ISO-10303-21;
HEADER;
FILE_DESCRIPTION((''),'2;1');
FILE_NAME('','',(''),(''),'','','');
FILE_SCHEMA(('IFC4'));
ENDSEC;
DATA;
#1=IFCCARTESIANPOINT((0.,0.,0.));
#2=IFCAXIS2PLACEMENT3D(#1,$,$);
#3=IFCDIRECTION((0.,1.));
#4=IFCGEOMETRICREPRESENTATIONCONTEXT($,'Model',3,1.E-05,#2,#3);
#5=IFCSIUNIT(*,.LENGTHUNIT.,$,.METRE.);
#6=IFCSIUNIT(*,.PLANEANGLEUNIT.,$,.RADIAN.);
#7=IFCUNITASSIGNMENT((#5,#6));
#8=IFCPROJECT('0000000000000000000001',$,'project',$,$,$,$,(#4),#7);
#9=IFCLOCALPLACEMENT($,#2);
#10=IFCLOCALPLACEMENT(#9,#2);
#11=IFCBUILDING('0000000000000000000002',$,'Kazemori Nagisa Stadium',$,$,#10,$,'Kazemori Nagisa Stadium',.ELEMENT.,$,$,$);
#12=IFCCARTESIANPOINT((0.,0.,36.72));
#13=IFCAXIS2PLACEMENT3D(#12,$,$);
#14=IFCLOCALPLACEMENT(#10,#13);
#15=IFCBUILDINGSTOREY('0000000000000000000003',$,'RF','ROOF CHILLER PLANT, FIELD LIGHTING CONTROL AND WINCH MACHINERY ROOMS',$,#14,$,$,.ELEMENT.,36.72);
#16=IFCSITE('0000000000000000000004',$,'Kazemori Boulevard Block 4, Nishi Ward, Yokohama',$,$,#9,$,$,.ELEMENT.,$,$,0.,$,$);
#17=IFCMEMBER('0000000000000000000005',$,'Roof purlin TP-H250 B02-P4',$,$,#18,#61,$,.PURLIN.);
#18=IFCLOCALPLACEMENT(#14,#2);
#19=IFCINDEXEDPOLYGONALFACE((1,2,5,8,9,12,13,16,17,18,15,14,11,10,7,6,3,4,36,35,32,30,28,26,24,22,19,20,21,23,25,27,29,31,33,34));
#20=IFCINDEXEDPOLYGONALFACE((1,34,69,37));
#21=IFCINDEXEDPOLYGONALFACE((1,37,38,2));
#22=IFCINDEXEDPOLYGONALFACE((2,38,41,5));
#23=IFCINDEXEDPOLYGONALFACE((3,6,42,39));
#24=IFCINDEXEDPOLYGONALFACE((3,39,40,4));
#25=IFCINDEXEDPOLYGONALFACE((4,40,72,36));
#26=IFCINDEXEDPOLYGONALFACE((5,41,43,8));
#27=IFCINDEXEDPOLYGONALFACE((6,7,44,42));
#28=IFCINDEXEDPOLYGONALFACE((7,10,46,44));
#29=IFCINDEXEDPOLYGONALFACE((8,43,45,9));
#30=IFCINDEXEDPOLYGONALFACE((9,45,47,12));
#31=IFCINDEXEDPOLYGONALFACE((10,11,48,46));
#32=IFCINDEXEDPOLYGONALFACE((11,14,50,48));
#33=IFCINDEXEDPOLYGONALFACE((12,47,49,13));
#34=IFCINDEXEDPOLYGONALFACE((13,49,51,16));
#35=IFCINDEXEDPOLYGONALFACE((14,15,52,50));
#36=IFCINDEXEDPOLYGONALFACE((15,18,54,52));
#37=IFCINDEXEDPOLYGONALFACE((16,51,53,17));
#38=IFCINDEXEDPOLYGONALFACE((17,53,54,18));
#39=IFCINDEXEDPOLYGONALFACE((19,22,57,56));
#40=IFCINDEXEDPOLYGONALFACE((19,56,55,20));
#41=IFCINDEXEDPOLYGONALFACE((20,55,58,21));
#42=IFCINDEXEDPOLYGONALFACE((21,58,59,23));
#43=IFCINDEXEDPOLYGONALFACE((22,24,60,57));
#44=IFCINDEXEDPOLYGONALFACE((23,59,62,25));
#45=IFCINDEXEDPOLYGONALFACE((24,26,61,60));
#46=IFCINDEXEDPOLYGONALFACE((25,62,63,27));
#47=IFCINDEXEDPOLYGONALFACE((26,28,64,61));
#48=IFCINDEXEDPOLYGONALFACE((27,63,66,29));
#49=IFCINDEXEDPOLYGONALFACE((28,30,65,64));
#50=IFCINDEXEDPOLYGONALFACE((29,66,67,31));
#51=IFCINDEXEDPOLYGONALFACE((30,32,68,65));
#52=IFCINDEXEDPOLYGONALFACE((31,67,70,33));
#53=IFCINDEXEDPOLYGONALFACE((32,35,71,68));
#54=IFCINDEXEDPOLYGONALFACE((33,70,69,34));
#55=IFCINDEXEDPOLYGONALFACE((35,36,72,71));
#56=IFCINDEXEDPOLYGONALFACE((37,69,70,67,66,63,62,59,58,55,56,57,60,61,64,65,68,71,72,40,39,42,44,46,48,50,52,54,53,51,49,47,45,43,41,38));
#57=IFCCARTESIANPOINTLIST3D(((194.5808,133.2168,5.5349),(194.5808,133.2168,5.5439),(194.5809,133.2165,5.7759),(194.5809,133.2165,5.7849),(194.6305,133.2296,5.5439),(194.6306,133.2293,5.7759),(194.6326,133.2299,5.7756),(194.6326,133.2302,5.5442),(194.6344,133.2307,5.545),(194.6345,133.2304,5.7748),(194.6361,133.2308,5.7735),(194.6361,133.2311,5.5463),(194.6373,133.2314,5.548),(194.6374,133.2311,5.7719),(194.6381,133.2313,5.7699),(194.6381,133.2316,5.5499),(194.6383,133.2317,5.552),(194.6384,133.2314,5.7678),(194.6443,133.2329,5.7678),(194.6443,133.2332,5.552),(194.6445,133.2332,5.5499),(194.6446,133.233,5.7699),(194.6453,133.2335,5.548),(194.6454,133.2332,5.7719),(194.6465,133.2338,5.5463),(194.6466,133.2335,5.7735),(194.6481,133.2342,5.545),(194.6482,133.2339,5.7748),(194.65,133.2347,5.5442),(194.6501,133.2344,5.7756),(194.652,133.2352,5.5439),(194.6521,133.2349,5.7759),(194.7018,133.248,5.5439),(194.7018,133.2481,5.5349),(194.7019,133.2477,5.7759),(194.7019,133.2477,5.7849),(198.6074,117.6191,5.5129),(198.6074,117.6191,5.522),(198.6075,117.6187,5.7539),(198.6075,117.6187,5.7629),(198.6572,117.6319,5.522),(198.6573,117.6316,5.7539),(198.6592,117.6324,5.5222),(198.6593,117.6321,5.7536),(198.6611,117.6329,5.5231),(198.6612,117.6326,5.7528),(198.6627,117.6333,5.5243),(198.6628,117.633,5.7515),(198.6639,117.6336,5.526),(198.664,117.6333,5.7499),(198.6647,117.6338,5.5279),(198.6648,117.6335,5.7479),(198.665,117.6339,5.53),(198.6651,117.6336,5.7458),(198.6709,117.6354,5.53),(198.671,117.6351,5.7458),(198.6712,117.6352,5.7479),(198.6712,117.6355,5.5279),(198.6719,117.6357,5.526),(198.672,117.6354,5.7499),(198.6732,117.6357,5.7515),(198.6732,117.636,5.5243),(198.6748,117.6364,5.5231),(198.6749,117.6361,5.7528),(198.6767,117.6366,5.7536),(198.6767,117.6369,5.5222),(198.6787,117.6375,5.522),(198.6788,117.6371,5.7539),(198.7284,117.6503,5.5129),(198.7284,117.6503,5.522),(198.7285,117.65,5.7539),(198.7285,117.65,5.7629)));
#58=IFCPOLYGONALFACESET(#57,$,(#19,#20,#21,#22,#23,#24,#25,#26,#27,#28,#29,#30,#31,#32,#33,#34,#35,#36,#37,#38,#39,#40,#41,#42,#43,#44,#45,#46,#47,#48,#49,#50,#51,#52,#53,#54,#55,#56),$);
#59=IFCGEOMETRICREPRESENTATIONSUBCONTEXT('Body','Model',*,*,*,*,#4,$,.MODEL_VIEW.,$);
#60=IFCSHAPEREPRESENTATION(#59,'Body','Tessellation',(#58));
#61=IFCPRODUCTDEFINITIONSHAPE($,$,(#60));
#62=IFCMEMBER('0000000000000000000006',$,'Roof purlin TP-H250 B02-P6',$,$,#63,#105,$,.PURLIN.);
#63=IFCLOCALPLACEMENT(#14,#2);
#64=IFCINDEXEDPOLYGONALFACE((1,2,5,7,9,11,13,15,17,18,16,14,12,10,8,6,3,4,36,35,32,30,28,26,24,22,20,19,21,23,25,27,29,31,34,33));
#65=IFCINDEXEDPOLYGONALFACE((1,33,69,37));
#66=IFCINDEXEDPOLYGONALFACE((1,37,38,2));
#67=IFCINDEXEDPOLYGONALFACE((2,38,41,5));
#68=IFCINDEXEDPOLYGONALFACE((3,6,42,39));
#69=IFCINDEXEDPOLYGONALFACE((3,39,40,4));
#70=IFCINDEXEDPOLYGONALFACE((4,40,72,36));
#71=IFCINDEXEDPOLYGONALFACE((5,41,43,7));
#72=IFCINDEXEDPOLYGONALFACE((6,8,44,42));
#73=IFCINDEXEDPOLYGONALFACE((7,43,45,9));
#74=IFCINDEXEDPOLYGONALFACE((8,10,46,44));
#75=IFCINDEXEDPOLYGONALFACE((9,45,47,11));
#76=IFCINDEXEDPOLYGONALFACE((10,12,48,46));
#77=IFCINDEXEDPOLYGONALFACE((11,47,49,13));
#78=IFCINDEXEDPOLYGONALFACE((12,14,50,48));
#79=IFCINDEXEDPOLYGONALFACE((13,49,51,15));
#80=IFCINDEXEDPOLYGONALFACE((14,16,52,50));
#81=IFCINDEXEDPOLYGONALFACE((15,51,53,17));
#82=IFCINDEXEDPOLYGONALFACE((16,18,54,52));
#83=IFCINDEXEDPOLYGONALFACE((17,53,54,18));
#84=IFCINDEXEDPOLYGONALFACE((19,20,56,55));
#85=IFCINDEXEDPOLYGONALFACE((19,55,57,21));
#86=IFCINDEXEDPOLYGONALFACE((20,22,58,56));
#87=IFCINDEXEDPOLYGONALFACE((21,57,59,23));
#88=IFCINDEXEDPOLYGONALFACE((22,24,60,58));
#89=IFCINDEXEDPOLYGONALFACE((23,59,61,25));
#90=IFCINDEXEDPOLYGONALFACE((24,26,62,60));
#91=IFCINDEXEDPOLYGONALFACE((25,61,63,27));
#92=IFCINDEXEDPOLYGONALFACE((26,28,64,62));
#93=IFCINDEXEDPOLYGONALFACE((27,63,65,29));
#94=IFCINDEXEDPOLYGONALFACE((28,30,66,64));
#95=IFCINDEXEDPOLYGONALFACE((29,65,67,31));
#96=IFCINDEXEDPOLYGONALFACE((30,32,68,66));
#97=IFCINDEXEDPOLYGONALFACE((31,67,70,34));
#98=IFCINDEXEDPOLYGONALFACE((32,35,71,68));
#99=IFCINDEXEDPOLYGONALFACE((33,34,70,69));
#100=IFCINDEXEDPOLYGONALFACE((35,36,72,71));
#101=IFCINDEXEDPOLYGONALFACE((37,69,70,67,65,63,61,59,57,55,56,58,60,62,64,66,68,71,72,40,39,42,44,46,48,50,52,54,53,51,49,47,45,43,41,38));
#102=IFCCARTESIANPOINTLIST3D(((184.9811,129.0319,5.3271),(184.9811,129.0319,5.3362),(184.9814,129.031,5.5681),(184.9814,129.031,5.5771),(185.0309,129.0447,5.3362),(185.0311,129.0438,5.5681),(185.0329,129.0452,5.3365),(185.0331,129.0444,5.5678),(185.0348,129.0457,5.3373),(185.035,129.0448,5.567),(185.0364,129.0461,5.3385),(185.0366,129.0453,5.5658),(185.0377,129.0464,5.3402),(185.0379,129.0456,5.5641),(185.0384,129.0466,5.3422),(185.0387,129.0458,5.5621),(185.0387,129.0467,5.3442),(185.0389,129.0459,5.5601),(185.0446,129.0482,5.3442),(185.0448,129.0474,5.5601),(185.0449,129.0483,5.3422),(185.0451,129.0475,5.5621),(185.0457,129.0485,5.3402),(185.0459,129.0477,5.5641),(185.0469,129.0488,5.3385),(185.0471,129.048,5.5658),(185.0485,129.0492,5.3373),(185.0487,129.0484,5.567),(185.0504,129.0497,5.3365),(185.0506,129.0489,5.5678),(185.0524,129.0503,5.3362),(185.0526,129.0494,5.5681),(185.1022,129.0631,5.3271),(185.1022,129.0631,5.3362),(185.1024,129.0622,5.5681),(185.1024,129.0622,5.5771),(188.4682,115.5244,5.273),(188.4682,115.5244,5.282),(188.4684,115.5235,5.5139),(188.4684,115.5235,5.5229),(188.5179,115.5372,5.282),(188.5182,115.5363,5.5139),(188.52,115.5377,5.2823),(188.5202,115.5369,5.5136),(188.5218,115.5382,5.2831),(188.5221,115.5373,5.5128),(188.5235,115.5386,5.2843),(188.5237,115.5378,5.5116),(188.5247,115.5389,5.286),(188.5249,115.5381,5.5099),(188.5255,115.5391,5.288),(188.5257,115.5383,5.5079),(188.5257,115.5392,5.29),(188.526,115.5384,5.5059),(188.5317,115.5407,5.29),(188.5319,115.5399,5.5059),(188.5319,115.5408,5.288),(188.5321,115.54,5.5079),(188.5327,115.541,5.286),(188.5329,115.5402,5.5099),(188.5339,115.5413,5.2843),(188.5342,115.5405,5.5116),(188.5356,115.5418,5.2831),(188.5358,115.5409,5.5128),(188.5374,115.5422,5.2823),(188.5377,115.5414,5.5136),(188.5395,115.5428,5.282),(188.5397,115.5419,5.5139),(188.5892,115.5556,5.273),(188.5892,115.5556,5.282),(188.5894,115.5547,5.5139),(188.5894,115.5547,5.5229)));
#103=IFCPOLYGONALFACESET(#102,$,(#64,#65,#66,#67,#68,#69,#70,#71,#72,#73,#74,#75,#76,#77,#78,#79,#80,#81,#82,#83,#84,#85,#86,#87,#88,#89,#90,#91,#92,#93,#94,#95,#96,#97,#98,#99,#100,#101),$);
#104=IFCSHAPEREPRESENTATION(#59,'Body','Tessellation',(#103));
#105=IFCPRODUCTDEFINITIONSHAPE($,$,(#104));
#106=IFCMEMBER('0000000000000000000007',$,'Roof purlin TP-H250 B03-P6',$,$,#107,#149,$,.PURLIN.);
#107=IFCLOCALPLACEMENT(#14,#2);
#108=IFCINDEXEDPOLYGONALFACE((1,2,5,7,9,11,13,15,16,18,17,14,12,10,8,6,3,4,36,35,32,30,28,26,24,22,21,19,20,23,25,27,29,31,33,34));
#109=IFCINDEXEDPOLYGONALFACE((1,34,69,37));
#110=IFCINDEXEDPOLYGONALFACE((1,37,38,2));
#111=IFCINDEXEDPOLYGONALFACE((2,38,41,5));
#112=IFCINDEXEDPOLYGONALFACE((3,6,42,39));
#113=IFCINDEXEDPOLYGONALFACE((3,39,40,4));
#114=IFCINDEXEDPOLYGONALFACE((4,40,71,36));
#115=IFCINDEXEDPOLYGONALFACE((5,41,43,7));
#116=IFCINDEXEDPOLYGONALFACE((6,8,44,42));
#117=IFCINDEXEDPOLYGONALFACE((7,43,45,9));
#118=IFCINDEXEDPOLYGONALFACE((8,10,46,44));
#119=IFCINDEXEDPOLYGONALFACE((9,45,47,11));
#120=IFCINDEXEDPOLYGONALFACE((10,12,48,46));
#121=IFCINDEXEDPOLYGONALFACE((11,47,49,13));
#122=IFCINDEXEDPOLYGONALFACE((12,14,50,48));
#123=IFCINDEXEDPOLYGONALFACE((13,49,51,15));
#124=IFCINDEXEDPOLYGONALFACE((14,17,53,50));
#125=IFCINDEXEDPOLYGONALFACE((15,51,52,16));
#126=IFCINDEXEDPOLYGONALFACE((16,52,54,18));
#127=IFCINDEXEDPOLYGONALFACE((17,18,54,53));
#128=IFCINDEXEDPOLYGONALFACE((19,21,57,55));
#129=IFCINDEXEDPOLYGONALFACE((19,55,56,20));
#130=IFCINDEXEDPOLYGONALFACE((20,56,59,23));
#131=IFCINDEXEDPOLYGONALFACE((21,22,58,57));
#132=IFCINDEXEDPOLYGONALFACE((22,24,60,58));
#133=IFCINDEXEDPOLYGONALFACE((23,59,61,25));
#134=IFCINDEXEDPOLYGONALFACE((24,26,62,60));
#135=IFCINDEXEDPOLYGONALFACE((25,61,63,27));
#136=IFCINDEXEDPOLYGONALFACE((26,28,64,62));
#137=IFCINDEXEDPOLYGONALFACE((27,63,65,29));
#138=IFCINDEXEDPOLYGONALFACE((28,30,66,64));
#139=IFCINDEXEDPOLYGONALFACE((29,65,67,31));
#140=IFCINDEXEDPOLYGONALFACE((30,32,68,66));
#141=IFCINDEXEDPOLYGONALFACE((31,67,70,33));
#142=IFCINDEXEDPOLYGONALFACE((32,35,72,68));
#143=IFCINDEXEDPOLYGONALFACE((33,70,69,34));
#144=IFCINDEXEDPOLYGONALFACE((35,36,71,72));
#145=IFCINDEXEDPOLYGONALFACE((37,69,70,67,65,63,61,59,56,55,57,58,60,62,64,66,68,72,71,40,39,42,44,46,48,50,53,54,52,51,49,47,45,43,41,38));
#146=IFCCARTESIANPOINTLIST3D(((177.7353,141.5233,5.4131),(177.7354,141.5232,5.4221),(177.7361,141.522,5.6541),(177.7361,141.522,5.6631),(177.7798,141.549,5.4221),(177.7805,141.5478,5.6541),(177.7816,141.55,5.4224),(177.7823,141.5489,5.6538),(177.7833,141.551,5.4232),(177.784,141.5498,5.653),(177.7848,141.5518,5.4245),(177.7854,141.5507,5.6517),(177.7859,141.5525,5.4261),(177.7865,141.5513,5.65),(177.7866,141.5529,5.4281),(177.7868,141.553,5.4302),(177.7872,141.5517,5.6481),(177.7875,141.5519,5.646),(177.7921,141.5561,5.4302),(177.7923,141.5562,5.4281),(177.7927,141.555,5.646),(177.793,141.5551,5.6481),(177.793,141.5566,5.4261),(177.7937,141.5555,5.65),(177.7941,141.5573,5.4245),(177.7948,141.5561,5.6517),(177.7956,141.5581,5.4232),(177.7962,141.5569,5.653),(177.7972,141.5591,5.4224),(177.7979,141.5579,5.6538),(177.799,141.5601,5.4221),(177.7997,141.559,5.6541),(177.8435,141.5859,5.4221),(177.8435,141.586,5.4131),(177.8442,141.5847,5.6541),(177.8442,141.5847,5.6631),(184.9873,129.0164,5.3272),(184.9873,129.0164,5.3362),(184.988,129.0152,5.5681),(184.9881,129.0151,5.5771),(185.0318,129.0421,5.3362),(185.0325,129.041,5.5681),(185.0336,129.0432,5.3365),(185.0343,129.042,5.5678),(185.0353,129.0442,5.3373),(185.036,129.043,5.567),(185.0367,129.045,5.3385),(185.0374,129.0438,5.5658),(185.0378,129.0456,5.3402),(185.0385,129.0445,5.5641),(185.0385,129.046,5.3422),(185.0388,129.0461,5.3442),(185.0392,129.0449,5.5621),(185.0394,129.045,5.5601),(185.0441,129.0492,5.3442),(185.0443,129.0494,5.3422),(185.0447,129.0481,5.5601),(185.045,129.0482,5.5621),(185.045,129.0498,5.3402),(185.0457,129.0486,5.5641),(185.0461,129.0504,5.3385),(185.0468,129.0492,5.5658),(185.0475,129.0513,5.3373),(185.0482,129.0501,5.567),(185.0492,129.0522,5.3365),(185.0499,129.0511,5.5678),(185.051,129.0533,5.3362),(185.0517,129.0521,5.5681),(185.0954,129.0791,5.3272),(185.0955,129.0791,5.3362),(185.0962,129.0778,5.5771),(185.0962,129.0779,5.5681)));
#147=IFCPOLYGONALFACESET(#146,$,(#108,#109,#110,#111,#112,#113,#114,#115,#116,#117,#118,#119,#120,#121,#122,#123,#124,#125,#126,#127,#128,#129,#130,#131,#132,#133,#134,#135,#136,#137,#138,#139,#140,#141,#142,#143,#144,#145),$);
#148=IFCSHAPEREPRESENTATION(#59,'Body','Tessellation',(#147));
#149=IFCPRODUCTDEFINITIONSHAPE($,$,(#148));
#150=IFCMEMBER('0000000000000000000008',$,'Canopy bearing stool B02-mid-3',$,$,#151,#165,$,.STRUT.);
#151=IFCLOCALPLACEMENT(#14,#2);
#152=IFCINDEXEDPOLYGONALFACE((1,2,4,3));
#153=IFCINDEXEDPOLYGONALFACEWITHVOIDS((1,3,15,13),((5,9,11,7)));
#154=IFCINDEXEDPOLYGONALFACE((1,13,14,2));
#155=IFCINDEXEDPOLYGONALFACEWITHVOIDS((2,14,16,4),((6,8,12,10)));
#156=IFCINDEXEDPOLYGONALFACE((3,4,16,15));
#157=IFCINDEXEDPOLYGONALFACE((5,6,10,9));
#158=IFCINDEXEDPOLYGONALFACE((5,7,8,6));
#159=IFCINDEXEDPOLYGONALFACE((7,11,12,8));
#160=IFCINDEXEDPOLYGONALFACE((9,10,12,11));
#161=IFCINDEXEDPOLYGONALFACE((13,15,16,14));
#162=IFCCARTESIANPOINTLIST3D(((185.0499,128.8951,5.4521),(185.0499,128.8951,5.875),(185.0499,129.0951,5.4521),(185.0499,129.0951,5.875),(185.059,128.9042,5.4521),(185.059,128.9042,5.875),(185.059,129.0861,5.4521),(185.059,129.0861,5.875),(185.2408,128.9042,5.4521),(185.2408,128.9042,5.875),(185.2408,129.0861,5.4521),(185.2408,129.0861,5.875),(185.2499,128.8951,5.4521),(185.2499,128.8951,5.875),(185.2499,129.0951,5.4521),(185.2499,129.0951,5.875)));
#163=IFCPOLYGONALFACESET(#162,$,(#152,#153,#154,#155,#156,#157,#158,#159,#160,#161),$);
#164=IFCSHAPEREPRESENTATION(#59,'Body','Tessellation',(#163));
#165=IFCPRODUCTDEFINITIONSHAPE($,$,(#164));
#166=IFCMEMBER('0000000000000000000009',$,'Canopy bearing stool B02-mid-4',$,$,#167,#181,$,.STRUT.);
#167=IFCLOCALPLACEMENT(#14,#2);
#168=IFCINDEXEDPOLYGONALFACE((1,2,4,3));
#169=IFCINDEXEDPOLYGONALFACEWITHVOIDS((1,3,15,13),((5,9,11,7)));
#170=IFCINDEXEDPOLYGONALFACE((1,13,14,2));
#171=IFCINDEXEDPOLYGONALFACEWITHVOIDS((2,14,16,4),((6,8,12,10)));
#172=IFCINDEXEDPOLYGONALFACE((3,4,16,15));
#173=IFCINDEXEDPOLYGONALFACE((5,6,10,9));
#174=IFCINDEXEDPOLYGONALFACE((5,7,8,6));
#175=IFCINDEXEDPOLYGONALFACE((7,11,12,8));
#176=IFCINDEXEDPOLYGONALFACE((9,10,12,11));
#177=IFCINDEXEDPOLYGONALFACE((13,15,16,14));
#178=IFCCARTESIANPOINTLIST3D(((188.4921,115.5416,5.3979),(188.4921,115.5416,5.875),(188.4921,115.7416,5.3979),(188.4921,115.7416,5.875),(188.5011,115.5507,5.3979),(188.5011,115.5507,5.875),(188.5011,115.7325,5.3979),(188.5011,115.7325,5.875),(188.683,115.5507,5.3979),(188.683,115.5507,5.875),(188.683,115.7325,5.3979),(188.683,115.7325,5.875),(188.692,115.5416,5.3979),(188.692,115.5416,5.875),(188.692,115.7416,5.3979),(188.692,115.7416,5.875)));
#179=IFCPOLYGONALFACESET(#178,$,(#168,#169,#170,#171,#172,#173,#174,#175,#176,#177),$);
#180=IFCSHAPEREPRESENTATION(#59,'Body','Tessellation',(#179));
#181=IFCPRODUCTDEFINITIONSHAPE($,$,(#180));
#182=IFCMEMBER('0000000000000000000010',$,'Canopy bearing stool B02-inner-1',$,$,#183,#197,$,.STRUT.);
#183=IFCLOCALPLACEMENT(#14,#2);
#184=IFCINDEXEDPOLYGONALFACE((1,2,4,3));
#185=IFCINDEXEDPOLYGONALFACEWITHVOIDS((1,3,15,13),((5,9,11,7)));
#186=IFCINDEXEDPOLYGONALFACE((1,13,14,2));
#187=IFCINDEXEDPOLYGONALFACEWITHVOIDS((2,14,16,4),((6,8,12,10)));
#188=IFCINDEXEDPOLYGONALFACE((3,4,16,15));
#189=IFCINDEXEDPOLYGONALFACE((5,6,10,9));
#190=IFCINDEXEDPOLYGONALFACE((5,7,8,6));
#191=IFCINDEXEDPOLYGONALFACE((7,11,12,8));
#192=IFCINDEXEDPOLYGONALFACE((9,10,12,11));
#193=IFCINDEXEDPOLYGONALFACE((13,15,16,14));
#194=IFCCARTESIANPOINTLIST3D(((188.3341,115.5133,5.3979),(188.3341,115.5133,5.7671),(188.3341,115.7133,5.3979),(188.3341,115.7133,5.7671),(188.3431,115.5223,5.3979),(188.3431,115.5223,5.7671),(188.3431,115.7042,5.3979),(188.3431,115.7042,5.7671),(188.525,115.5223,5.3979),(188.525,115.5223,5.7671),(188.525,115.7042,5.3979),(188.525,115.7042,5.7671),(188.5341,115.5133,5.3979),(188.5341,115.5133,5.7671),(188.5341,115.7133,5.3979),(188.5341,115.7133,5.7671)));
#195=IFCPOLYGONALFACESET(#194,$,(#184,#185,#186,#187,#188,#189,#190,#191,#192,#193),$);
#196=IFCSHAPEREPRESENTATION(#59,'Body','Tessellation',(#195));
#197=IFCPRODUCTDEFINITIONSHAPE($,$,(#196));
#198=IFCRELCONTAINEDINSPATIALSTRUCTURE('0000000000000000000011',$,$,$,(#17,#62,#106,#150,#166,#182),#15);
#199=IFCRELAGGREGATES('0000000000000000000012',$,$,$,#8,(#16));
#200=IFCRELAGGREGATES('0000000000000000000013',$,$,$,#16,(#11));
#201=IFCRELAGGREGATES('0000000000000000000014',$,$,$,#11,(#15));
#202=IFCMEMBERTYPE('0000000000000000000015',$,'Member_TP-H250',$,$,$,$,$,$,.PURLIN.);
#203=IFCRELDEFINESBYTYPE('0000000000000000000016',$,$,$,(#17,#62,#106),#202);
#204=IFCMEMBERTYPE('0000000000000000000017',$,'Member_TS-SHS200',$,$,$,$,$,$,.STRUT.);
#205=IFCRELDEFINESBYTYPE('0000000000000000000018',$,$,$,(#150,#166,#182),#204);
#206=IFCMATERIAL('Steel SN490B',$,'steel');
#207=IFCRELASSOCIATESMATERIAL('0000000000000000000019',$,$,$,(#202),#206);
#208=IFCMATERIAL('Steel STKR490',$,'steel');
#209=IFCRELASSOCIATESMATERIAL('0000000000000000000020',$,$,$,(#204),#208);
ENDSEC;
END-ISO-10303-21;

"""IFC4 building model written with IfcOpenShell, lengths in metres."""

from ifc_helpers import new_model, si_unit, direction, frame, origin, origin_2d, place, context, subcontext, project, spatial, hollow_rectangle, i_section, extrude, material, material_profile, profile_set, type_object, element, save


model = new_model("IFC4")

# Units and contexts
model_context = context("Model", 3, precision=1e-05, world=origin(), true_north=direction((0.0, 1.0)))
body_context = subcontext(model_context, "Body", "Model", "MODEL_VIEW")
ifc_project = project(units=[si_unit("LENGTHUNIT", "METRE"), si_unit("PLANEANGLEUNIT", "RADIAN")], contexts=[model_context])

# Site, building, storey
site_placement = place(None, origin())
site = spatial("IfcSite", under=ifc_project, at=site_placement, Name="Kazemori Boulevard Block 4, Nishi Ward, Yokohama", CompositionType="ELEMENT", RefElevation=0.0)
building_placement = place(site_placement, origin())
building = spatial("IfcBuilding", under=site, at=building_placement, Name="Kazemori Nagisa Stadium", LongName="Kazemori Nagisa Stadium", CompositionType="ELEMENT")
storey_placement = place(building_placement, frame((0.0, 0.0, 36.72)))
storey = spatial("IfcBuildingStorey", under=building, at=storey_placement, Name="RF", Description="ROOF CHILLER PLANT, FIELD LIGHTING CONTROL AND WINCH MACHINERY ROOMS", CompositionType="ELEMENT", Elevation=36.72)

# Members
ifc_material_1 = material(Name="Steel STKR490", Category="steel")
ifc_material_2 = material(Name="Steel SN490B", Category="steel")
ifc_material_profile_1 = material_profile(ifc_material_2, i_section(OverallWidth=0.125, OverallDepth=0.25, WebThickness=0.0061, FlangeThickness=0.009, FilletRadius=0.0081, at=origin_2d()), Name="H-250x125x6x9")
ifc_profile_set_1 = profile_set([ifc_material_profile_1], Name="Steel SN490B")
member_type_1 = type_object("IfcMemberType", Name="Member_TP-H250", PredefinedType="PURLIN", material=ifc_profile_set_1)
member_1_placement = place(storey_placement, frame((198.668, 117.6345, 5.6379), z_axis=(-0.24996, 0.968255, 0.001364), x_axis=(-0.968256, -0.24996, 0.0)))
element("IfcMember", 1, at=member_1_placement, inside=storey, type_object=member_type_1, Name="Roof purlin TP-H250 B02-P4", PredefinedType="PURLIN", context=body_context, shape_type="SweptSolid", body=[
    extrude(i_section(OverallWidth=0.125, OverallDepth=0.25, WebThickness=0.0061, FlangeThickness=0.009, FilletRadius=0.0081, at=origin_2d()), origin(), (0.0, 0.0, 1.0), 16.1091),
])
member_2_placement = place(storey_placement, frame((188.5288, 115.5396, 5.3979), z_axis=(-0.249959, 0.968249, 0.003885), x_axis=(-0.968256, -0.249961, 0.0)))
element("IfcMember", 2, at=member_2_placement, inside=storey, type_object=member_type_1, Name="Roof purlin TP-H250 B02-P6", PredefinedType="PURLIN", context=body_context, shape_type="SweptSolid", body=[
    extrude(i_section(OverallWidth=0.125, OverallDepth=0.25, WebThickness=0.0061, FlangeThickness=0.009, FilletRadius=0.0081, at=origin_2d()), origin(), (0.0, 0.0, 1.0), 13.9504),
])
member_3_placement = place(storey_placement, frame((185.0417, 129.0471, 5.4521), z_axis=(-0.501605, 0.865076, 0.005944), x_axis=(-0.865092, -0.501614, 0.0)))
element("IfcMember", 3, at=member_3_placement, inside=storey, type_object=member_type_1, Name="Roof purlin TP-H250 B03-P6", PredefinedType="PURLIN", context=body_context, shape_type="SweptSolid", body=[
    extrude(i_section(OverallWidth=0.125, OverallDepth=0.25, WebThickness=0.0061, FlangeThickness=0.009, FilletRadius=0.0081, at=origin_2d()), origin(), (0.0, 0.0, 1.0), 14.4575),
])
ifc_material_profile_2 = material_profile(ifc_material_1, hollow_rectangle(XDim=0.2, YDim=0.2, WallThickness=0.009, at=origin_2d()), Name="SHS-200x200x9")
ifc_profile_set_2 = profile_set([ifc_material_profile_2], Name="Steel STKR490")
member_type_2 = type_object("IfcMemberType", Name="Member_TS-SHS200", PredefinedType="STRUT", material=ifc_profile_set_2)
member_4_placement = place(storey_placement, frame((185.1499, 128.9951, 5.4521), z_axis=(0.0, 0.0, 1.0), x_axis=(1.0, 0.0, 0.0)))
element("IfcMember", 4, at=member_4_placement, inside=storey, type_object=member_type_2, Name="Canopy bearing stool B02-mid-3", PredefinedType="STRUT", context=body_context, shape_type="SweptSolid", body=[
    extrude(hollow_rectangle(XDim=0.2, YDim=0.2, WallThickness=0.009, at=origin_2d()), origin(), (0.0, 0.0, 1.0), 0.4229),
])
member_5_placement = place(storey_placement, frame((188.592, 115.6416, 5.3979), z_axis=(0.0, 0.0, 1.0), x_axis=(1.0, 0.0, 0.0)))
element("IfcMember", 5, at=member_5_placement, inside=storey, type_object=member_type_2, Name="Canopy bearing stool B02-mid-4", PredefinedType="STRUT", context=body_context, shape_type="SweptSolid", body=[
    extrude(hollow_rectangle(XDim=0.2, YDim=0.2, WallThickness=0.009, at=origin_2d()), origin(), (0.0, 0.0, 1.0), 0.4771),
])
member_6_placement = place(storey_placement, frame((188.4341, 115.6133, 5.3979), z_axis=(0.0, 0.0, 1.0), x_axis=(1.0, 0.0, 0.0)))
element("IfcMember", 6, at=member_6_placement, inside=storey, type_object=member_type_2, Name="Canopy bearing stool B02-inner-1", PredefinedType="STRUT", context=body_context, shape_type="SweptSolid", body=[
    extrude(hollow_rectangle(XDim=0.2, YDim=0.2, WallThickness=0.009, at=origin_2d()), origin(), (0.0, 0.0, 1.0), 0.3691),
])

save(model, "model.ifc")
